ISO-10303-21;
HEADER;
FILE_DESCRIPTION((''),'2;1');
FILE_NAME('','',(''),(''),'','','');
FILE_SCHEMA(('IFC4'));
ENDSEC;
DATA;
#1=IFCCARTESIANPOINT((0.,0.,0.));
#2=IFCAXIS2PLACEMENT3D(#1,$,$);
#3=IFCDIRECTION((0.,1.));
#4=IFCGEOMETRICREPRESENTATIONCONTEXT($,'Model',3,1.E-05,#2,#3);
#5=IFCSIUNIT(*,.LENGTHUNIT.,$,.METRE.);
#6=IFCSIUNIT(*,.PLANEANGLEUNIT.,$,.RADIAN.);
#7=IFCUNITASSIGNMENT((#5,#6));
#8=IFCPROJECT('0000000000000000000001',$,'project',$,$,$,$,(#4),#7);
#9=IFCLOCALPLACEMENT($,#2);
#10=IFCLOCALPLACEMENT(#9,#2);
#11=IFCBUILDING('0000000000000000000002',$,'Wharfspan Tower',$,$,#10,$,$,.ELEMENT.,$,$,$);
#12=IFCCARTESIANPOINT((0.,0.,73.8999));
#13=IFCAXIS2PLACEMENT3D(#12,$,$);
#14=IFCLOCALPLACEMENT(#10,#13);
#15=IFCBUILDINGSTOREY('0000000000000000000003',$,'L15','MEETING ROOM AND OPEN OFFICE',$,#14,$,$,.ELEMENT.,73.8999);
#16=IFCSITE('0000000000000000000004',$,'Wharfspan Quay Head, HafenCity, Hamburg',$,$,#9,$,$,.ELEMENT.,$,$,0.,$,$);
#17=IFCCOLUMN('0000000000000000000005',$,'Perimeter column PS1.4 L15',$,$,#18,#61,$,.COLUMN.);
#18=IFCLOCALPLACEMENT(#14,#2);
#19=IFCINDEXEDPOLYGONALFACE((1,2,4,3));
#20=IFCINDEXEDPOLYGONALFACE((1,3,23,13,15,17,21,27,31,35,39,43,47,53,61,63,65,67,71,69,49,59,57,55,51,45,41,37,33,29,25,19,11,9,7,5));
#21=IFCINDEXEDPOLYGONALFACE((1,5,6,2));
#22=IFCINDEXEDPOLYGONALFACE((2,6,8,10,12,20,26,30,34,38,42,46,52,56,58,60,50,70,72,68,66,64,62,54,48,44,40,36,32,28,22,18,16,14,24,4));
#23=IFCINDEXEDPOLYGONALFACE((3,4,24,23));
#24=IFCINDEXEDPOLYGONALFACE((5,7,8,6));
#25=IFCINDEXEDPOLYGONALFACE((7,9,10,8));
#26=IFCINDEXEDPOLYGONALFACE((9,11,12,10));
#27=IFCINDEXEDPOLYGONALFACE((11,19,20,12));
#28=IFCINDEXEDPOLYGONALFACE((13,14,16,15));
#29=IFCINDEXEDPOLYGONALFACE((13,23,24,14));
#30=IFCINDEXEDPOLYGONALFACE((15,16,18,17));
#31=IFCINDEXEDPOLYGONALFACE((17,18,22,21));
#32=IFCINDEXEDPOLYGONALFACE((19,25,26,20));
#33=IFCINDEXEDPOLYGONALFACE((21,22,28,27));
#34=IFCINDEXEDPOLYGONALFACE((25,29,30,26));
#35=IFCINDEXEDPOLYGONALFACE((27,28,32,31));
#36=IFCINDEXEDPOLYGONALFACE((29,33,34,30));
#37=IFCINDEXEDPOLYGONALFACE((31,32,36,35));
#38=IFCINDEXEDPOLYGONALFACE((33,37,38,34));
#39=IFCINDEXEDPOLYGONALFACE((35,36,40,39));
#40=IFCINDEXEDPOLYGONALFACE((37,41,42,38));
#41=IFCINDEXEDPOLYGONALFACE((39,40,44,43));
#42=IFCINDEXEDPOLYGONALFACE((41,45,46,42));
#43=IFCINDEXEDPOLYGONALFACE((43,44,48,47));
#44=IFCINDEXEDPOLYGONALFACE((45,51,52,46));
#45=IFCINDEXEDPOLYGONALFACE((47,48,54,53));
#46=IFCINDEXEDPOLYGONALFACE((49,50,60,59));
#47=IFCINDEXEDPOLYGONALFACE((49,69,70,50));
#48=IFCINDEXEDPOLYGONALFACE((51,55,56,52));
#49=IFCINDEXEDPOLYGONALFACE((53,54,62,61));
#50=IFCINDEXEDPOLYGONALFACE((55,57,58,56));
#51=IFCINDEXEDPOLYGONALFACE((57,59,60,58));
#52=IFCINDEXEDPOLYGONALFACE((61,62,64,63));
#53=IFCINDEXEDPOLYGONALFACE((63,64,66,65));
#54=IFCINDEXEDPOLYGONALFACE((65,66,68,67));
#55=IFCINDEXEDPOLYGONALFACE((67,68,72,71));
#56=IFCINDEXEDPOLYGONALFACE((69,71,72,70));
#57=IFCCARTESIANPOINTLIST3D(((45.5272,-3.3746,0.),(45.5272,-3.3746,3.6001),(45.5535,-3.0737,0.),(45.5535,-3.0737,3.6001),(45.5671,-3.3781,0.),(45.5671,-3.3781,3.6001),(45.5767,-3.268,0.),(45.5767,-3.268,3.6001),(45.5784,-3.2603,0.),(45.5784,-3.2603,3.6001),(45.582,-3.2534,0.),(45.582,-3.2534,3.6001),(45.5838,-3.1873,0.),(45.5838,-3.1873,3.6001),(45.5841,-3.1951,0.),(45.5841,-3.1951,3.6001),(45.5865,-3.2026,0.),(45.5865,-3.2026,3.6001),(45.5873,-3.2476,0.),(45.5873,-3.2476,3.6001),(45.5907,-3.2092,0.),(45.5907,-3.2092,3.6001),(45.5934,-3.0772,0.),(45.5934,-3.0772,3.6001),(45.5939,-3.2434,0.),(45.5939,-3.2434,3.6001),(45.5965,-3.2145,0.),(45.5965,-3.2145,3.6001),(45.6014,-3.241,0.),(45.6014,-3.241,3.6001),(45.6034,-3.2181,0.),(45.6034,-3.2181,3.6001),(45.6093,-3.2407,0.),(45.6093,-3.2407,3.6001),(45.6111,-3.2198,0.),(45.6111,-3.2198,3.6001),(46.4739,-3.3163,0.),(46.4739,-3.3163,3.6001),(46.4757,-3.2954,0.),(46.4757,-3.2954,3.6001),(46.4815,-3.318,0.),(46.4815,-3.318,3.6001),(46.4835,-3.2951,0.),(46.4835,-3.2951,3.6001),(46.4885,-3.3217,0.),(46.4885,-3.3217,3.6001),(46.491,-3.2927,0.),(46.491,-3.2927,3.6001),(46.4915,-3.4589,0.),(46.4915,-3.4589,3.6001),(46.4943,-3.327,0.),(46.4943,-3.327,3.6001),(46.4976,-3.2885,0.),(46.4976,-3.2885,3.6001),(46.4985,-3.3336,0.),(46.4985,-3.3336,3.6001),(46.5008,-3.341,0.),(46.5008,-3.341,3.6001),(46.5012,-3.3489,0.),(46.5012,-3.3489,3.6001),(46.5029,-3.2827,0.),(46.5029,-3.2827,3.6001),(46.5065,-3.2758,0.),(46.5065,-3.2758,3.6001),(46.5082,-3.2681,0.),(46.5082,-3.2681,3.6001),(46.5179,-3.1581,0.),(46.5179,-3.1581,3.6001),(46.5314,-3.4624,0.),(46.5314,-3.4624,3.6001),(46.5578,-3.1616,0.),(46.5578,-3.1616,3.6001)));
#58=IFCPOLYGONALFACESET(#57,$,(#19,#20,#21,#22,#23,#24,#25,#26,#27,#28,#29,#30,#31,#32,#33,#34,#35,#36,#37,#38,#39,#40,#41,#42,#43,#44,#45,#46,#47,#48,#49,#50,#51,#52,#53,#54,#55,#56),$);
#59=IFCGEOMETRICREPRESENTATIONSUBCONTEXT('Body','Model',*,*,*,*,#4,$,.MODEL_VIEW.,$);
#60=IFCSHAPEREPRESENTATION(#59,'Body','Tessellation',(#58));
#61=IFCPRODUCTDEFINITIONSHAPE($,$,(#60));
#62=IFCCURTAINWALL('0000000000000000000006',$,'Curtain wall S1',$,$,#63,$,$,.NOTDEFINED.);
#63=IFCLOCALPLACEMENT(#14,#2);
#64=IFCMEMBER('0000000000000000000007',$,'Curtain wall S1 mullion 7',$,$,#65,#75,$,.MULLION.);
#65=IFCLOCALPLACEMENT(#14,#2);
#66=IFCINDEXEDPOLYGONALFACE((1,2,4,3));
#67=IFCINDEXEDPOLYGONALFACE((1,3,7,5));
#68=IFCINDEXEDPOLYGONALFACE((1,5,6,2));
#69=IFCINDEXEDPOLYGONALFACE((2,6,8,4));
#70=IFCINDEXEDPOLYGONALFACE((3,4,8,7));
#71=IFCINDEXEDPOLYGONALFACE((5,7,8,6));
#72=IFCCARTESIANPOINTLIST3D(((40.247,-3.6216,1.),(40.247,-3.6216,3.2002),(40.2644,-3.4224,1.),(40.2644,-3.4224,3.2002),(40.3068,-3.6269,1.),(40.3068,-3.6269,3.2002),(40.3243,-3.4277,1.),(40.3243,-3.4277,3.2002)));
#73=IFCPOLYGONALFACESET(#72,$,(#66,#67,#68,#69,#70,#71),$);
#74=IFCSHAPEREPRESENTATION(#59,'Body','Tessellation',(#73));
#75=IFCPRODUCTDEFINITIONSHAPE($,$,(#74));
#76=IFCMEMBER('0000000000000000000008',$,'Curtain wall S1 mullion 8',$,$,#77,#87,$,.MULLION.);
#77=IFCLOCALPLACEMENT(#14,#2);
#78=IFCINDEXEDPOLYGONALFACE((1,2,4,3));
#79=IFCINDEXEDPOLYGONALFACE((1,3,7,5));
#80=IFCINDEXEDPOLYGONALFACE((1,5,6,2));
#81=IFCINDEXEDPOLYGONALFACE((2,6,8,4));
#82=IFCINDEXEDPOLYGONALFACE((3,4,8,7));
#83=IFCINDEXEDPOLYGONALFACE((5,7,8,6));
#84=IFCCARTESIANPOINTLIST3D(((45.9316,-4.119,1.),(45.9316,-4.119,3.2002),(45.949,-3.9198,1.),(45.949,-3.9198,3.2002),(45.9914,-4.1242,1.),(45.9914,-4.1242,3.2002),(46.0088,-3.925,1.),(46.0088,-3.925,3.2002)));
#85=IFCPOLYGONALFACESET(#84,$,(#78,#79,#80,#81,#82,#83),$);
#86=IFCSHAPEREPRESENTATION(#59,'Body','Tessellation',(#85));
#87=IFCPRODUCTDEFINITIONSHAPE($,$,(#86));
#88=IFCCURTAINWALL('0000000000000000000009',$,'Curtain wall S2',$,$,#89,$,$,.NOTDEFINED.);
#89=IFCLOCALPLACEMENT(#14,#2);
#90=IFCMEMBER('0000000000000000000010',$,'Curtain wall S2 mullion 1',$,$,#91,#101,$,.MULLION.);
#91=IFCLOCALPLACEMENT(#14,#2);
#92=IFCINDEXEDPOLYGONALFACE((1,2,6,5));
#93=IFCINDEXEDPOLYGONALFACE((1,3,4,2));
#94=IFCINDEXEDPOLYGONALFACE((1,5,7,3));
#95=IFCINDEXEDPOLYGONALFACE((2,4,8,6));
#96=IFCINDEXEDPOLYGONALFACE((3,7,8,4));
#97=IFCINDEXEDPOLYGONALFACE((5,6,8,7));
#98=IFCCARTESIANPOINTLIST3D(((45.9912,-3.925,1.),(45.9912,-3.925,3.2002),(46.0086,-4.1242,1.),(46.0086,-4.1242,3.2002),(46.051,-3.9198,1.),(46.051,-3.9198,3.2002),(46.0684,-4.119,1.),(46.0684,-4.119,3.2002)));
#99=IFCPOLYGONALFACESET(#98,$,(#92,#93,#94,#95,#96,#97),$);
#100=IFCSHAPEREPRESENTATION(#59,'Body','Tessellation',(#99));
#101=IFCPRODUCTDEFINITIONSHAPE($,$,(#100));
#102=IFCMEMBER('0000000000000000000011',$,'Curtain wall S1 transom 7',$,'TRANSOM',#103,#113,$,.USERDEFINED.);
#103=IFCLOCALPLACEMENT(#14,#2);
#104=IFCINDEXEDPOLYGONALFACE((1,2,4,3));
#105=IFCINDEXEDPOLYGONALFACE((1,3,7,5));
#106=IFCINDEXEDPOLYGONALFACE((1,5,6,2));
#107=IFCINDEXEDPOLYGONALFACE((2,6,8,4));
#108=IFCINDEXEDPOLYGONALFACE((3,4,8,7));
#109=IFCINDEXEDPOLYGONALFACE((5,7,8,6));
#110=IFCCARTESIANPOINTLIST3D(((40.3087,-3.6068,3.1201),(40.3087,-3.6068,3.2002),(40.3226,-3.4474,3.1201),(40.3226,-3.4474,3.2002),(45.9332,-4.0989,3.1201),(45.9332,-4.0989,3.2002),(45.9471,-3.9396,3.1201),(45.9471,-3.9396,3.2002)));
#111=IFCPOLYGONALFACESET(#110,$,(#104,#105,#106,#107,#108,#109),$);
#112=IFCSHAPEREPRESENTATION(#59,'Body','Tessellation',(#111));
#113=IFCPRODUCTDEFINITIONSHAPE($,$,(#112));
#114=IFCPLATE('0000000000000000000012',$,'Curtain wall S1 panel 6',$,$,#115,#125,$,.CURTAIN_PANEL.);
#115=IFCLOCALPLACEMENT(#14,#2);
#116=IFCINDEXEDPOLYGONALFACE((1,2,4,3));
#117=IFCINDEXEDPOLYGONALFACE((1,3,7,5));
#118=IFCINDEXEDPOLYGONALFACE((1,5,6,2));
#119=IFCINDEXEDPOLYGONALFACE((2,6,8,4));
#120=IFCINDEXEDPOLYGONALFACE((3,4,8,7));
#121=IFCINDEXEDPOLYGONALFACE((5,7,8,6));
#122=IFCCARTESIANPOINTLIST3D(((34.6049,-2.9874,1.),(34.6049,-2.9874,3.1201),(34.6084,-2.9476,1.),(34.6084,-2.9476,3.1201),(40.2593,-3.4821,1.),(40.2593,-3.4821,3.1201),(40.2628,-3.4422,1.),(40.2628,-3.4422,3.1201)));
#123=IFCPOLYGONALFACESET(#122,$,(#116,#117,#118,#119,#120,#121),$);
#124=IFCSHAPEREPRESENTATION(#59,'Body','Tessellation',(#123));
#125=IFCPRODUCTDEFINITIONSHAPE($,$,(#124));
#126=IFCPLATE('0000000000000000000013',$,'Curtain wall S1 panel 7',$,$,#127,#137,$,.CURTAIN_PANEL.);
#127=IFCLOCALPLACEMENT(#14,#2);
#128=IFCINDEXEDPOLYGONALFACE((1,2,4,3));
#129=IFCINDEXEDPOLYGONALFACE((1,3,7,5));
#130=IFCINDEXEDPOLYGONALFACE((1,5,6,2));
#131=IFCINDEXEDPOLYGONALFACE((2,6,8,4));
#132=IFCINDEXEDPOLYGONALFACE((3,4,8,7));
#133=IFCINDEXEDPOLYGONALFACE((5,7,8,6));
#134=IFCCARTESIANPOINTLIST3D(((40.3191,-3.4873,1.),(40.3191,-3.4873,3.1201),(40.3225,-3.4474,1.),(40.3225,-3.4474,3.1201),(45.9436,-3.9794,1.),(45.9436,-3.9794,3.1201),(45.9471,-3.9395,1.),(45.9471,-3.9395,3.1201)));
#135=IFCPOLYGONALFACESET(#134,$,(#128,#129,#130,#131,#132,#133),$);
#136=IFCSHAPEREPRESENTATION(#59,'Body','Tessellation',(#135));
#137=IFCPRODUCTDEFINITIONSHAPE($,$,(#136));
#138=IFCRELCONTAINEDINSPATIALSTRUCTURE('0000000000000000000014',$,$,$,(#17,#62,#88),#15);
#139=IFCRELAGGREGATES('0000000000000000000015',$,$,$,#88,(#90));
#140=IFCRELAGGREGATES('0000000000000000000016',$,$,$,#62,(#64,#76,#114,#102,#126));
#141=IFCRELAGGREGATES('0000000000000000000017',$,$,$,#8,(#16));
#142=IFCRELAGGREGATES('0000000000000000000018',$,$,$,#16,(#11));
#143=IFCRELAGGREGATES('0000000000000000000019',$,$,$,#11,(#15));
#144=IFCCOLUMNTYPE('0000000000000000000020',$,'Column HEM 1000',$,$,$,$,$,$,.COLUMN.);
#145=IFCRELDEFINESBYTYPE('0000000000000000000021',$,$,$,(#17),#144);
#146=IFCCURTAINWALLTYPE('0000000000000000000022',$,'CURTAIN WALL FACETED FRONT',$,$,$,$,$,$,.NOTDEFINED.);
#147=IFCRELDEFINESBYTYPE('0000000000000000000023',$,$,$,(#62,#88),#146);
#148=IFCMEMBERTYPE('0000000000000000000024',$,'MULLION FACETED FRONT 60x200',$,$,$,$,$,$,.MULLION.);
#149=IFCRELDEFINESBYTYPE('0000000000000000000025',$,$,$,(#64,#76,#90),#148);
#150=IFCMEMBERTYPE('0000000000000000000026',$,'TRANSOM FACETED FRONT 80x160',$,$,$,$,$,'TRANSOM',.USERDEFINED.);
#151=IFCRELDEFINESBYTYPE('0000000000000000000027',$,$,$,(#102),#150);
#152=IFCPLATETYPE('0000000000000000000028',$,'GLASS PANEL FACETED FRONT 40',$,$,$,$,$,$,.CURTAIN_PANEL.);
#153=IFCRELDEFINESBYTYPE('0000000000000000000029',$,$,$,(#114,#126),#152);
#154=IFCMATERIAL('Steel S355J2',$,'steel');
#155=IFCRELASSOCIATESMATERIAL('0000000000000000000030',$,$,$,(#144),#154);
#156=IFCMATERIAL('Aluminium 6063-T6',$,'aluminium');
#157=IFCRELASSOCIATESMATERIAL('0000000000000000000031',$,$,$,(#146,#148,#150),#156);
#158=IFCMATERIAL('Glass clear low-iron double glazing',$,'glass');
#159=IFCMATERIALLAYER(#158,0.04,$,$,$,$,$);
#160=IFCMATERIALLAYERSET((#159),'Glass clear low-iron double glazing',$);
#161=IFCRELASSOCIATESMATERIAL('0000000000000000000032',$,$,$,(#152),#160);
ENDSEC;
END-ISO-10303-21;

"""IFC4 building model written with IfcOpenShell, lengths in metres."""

from ifc_helpers import new_model, si_unit, direction, frame, origin, origin_2d, place, context, subcontext, project, spatial, rectangle, i_section, extrude, material, layer, layer_set, material_profile, profile_set, type_object, element, aggregate, save


model = new_model("IFC4")

# Units and contexts
model_context = context("Model", 3, precision=1e-05, world=origin(), true_north=direction((0.0, 1.0)))
body_context = subcontext(model_context, "Body", "Model", "MODEL_VIEW")
ifc_project = project(units=[si_unit("LENGTHUNIT", "METRE"), si_unit("PLANEANGLEUNIT", "RADIAN")], contexts=[model_context])

# Site, building, storey
site_placement = place(None, origin())
site = spatial("IfcSite", under=ifc_project, at=site_placement, Name="Wharfspan Quay Head, HafenCity, Hamburg", CompositionType="ELEMENT", RefElevation=0.0)
building_placement = place(site_placement, origin())
building = spatial("IfcBuilding", under=site, at=building_placement, Name="Wharfspan Tower", CompositionType="ELEMENT")
storey_placement = place(building_placement, frame((0.0, 0.0, 73.8999)))
storey = spatial("IfcBuildingStorey", under=building, at=storey_placement, Name="L15", Description="MEETING ROOM AND OPEN OFFICE", CompositionType="ELEMENT", Elevation=73.8999)

# Column
ifc_material_1 = material(Name="Steel S355J2", Category="steel")
ifc_material_profile_1 = material_profile(ifc_material_1, i_section(OverallWidth=0.302, OverallDepth=1.0081, WebThickness=0.021, FlangeThickness=0.04, FilletRadius=0.03, at=origin_2d()))
ifc_profile_set_1 = profile_set([ifc_material_profile_1], Name="Steel S355J2")
column_type = type_object("IfcColumnType", Name="Column HEM 1000", PredefinedType="COLUMN", material=ifc_profile_set_1)
column_placement = place(storey_placement, frame((46.0425, -3.2681, 0.0), z_axis=(0.0, 0.0, 1.0), x_axis=(-0.087156, -0.996198, 0.0)))
element("IfcColumn", 1, at=column_placement, inside=storey, type_object=column_type, Name="Perimeter column PS1.4 L15", PredefinedType="COLUMN", context=body_context, shape_type="SweptSolid", body=[
    extrude(i_section(OverallWidth=0.302, OverallDepth=1.0081, WebThickness=0.021, FlangeThickness=0.04, FilletRadius=0.03, at=origin_2d()), origin(), (0.0, 0.0, 1.0), 3.6001),
])

# Curtain wall, members
ifc_material_2 = material(Name="Aluminium 6063-T6", Category="aluminium")
curtain_wall_type = type_object("IfcCurtainWallType", Name="CURTAIN WALL FACETED FRONT", PredefinedType="NOTDEFINED", material=ifc_material_2)
curtain_wall_1_placement = place(storey_placement, origin())
curtain_wall_1 = element("IfcCurtainWall", 2, at=curtain_wall_1_placement, inside=storey, type_object=curtain_wall_type, Name="Curtain wall S1", PredefinedType="NOTDEFINED")
ifc_material_profile_2 = material_profile(ifc_material_2, rectangle(XDim=0.2, YDim=0.0601, at=origin_2d()))
ifc_profile_set_2 = profile_set([ifc_material_profile_2], Name="Aluminium 6063-T6")
member_type_1 = type_object("IfcMemberType", Name="MULLION FACETED FRONT 60x200", PredefinedType="MULLION", material=ifc_profile_set_2)
member_1_placement = place(storey_placement, frame((40.2856, -3.5247, 1.0), z_axis=(0.0, 0.0, 1.0), x_axis=(0.087156, 0.996197, 0.0)))
member_1 = element("IfcMember", 3, at=member_1_placement, type_object=member_type_1, Name="Curtain wall S1 mullion 7", PredefinedType="MULLION", context=body_context, shape_type="SweptSolid", body=[
    extrude(rectangle(XDim=0.2, YDim=0.0601, at=origin_2d()), origin(), (0.0, 0.0, 1.0), 2.2002),
])
member_2_placement = place(storey_placement, frame((45.9702, -4.022, 1.0), z_axis=(0.0, 0.0, 1.0), x_axis=(0.087156, 0.996197, 0.0)))
member_2 = element("IfcMember", 4, at=member_2_placement, type_object=member_type_1, Name="Curtain wall S1 mullion 8", PredefinedType="MULLION", context=body_context, shape_type="SweptSolid", body=[
    extrude(rectangle(XDim=0.2, YDim=0.0601, at=origin_2d()), origin(), (0.0, 0.0, 1.0), 2.2002),
])

# Curtain wall, member
curtain_wall_2_placement = place(storey_placement, origin())
curtain_wall_2 = element("IfcCurtainWall", 5, at=curtain_wall_2_placement, inside=storey, type_object=curtain_wall_type, Name="Curtain wall S2", PredefinedType="NOTDEFINED")
member_3_placement = place(storey_placement, frame((46.0298, -4.022, 1.0), z_axis=(0.0, 0.0, 1.0), x_axis=(-0.087156, 0.996197, 0.0)))
member_3 = element("IfcMember", 6, at=member_3_placement, type_object=member_type_1, Name="Curtain wall S2 mullion 1", PredefinedType="MULLION", context=body_context, shape_type="SweptSolid", body=[
    extrude(rectangle(XDim=0.2, YDim=0.0601, at=origin_2d()), origin(), (0.0, 0.0, 1.0), 2.2002),
])
aggregate(curtain_wall_2, [member_3])

# Member
ifc_material_profile_3 = material_profile(ifc_material_2, rectangle(XDim=0.1599, YDim=0.0801, at=origin_2d()))
ifc_profile_set_3 = profile_set([ifc_material_profile_3], Name="Aluminium 6063-T6")
member_type_2 = type_object("IfcMemberType", Name="TRANSOM FACETED FRONT 80x160", ElementType="TRANSOM", PredefinedType="USERDEFINED", material=ifc_profile_set_3)
member_4_placement = place(storey_placement, frame((40.3157, -3.5271, 3.1602), z_axis=(0.996193, -0.087174, 0.0), x_axis=(0.087174, 0.996193, 0.0)))
member_4 = element("IfcMember", 7, at=member_4_placement, type_object=member_type_2, Name="Curtain wall S1 transom 7", ObjectType="TRANSOM", PredefinedType="USERDEFINED", context=body_context, shape_type="SweptSolid", body=[
    extrude(rectangle(XDim=0.1599, YDim=0.0801, at=origin_2d()), origin(), (0.0, 0.0, 1.0), 5.646),
])

# Plates
ifc_material_3 = material(Name="Glass clear low-iron double glazing", Category="glass")
ifc_layer_1 = layer(ifc_material_3, 0.04)
ifc_layer_set_1 = layer_set([ifc_layer_1], Name="Glass clear low-iron double glazing")
plate_type = type_object("IfcPlateType", Name="GLASS PANEL FACETED FRONT 40", PredefinedType="CURTAIN_PANEL", material=ifc_layer_set_1)
plate_1_placement = place(storey_placement, frame((37.4338, -3.2148, 1.0), z_axis=(0.0, 0.0, 1.0), x_axis=(0.996197, -0.087156, 0.0)))
plate_1 = element("IfcPlate", 8, at=plate_1_placement, type_object=plate_type, Name="Curtain wall S1 panel 6", PredefinedType="CURTAIN_PANEL", context=body_context, shape_type="SweptSolid", body=[
    extrude(rectangle(XDim=5.676, YDim=0.04, at=origin_2d()), origin(), (0.0, 0.0, 1.0), 2.1201),
])
plate_2_placement = place(storey_placement, frame((43.1331, -3.7134, 1.0), z_axis=(0.0, 0.0, 1.0), x_axis=(0.996197, -0.087156, 0.0)))
plate_2 = element("IfcPlate", 9, at=plate_2_placement, type_object=plate_type, Name="Curtain wall S1 panel 7", PredefinedType="CURTAIN_PANEL", context=body_context, shape_type="SweptSolid", body=[
    extrude(rectangle(XDim=5.646, YDim=0.04, at=origin_2d()), origin(), (0.0, 0.0, 1.0), 2.1201),
])
aggregate(curtain_wall_1, [member_1, member_2, plate_1, member_4, plate_2])

save(model, "model.ifc")
